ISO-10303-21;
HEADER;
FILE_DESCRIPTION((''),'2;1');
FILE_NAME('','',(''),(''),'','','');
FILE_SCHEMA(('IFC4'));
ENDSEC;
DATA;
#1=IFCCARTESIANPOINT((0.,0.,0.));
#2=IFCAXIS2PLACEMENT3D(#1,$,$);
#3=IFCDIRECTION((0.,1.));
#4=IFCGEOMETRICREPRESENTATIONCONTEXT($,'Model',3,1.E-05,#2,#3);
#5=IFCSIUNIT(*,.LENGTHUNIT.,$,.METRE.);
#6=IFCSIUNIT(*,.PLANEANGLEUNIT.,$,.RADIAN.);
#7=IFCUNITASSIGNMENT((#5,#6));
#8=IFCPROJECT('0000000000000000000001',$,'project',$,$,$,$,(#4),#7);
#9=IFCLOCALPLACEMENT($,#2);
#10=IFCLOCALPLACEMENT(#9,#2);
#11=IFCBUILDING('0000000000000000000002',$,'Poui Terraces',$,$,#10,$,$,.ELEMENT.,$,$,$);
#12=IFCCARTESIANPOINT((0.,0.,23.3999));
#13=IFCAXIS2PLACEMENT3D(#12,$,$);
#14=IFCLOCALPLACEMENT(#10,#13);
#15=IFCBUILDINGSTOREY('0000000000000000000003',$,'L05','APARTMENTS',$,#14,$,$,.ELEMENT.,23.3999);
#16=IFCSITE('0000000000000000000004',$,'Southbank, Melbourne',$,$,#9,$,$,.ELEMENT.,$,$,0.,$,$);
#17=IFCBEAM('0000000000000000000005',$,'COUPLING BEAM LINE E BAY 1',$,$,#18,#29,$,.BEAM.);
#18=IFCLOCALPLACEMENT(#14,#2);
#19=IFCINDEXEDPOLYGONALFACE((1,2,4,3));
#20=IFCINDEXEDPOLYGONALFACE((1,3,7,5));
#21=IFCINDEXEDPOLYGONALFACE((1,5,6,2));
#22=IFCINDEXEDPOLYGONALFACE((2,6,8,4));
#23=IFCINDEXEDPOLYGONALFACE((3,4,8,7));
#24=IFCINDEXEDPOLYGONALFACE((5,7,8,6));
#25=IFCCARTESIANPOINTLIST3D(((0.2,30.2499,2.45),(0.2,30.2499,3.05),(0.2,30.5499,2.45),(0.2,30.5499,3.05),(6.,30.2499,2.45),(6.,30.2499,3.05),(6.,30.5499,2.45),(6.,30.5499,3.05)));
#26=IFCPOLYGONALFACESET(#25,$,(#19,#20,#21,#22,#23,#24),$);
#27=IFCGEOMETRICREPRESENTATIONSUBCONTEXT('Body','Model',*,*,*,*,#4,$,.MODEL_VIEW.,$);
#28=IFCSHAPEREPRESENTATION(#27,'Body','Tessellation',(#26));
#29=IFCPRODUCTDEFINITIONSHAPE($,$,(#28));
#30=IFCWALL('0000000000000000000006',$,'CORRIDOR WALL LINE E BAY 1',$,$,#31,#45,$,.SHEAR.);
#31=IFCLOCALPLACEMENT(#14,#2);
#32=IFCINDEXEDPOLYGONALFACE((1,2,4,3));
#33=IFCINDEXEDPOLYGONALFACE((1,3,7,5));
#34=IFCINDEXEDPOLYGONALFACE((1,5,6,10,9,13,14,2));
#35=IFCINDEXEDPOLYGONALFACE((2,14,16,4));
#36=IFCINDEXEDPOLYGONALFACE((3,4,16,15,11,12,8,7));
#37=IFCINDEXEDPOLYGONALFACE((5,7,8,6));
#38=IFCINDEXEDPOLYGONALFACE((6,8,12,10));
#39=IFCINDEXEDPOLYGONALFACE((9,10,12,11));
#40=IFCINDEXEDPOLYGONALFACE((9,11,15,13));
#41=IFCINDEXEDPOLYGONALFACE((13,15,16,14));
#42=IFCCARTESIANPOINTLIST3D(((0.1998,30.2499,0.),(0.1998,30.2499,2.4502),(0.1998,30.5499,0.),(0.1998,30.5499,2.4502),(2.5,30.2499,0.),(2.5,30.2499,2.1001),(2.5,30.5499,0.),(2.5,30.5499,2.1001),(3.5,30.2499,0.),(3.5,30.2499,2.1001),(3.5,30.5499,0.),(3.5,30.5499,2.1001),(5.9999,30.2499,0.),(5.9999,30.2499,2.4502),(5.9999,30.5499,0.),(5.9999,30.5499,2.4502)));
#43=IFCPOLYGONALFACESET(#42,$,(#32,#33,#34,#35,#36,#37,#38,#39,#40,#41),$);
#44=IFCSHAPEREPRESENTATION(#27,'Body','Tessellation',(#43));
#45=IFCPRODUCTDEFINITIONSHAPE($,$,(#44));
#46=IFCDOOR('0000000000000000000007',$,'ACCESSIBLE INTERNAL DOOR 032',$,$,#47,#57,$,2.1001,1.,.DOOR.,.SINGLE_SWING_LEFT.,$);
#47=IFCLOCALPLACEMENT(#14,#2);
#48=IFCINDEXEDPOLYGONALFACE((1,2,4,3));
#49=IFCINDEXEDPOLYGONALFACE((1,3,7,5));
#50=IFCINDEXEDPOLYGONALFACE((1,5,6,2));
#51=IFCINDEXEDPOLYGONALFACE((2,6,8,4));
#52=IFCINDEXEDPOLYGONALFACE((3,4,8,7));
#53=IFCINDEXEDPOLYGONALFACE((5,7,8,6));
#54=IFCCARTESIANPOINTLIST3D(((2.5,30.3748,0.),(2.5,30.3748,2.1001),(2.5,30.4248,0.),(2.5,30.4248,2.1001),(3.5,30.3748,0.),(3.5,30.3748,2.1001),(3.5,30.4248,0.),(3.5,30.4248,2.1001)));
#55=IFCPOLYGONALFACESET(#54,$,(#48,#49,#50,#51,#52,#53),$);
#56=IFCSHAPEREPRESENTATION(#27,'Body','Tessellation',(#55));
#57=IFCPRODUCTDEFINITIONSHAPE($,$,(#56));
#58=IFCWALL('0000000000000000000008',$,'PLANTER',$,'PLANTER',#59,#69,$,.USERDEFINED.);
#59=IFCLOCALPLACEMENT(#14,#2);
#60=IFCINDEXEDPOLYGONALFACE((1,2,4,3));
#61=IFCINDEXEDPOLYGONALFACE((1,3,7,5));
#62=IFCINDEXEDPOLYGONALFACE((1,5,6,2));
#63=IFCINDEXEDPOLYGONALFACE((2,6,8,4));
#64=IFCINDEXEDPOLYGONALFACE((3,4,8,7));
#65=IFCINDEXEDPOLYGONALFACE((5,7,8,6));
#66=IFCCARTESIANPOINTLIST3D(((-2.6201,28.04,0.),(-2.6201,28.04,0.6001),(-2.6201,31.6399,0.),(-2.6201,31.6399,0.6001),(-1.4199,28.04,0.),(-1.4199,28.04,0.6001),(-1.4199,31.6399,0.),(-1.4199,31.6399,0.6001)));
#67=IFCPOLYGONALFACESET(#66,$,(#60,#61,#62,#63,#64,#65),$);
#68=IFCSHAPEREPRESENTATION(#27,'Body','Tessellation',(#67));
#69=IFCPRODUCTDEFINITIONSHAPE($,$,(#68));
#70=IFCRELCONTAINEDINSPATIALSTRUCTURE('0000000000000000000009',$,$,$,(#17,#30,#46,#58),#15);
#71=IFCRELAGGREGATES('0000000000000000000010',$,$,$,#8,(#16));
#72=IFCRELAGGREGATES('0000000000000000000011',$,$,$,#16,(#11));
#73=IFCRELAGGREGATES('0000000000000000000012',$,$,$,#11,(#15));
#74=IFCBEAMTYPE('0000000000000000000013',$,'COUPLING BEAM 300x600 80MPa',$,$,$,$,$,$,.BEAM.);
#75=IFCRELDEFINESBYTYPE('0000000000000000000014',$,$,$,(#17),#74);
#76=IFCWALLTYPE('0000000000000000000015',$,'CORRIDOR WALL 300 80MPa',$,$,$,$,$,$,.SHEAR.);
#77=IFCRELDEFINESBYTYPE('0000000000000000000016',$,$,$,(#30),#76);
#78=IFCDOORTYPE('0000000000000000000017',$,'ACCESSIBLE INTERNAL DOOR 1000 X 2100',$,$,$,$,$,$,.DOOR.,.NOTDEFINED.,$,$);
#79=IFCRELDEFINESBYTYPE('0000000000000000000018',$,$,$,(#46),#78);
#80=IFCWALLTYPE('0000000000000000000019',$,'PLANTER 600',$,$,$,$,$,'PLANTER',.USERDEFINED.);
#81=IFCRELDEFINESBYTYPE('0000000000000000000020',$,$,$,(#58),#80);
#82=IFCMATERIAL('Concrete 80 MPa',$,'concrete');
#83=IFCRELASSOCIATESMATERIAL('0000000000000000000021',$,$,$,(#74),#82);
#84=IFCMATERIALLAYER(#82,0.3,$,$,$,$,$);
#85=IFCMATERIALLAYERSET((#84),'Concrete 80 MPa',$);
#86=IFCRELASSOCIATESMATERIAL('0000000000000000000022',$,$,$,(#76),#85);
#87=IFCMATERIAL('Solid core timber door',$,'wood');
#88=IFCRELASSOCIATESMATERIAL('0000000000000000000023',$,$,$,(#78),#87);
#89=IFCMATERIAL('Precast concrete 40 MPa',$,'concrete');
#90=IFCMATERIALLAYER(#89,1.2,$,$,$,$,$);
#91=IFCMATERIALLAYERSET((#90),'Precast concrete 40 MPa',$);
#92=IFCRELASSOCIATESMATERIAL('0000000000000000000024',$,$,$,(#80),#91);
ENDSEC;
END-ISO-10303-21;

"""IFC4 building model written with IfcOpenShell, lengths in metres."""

from ifc_helpers import new_model, si_unit, direction, frame, frame_2d, origin, origin_2d, place, context, subcontext, project, spatial, polyline, rectangle, outline, extrude, source, transform, mapped, material, layer, layer_set, material_profile, profile_set, type_object, element, fill, save


model = new_model("IFC4")

# Units and contexts
model_context = context("Model", 3, precision=1e-05, world=origin(), true_north=direction((0.0, 1.0)))
body_context = subcontext(model_context, "Body", "Model", "MODEL_VIEW")
ifc_project = project(units=[si_unit("LENGTHUNIT", "METRE"), si_unit("PLANEANGLEUNIT", "RADIAN")], contexts=[model_context])

# Site, building, storey
site_placement = place(None, origin())
site = spatial("IfcSite", under=ifc_project, at=site_placement, Name="Southbank, Melbourne", CompositionType="ELEMENT", RefElevation=0.0)
building_placement = place(site_placement, origin())
building = spatial("IfcBuilding", under=site, at=building_placement, Name="Poui Terraces", CompositionType="ELEMENT")
storey_placement = place(building_placement, frame((0.0, 0.0, 23.3999)))
storey = spatial("IfcBuildingStorey", under=building, at=storey_placement, Name="L05", Description="APARTMENTS", CompositionType="ELEMENT", Elevation=23.3999)

# Beam
ifc_material_1 = material(Name="Concrete 80 MPa", Category="concrete")
ifc_material_profile = material_profile(ifc_material_1, rectangle(XDim=0.3, YDim=0.6001, at=origin_2d()), Name="RC 300x600")
ifc_profile_set = profile_set([ifc_material_profile], Name="Concrete 80 MPa")
beam_type = type_object("IfcBeamType", Name="COUPLING BEAM 300x600 80MPa", PredefinedType="BEAM", material=ifc_profile_set)
shared_shape_1 = source(origin(), body_context, "Body", "SweptSolid", [
    extrude(rectangle(XDim=0.3, YDim=0.6001, at=origin_2d()), origin(), (0.0, 0.0, 1.0), 5.8),
])
beam_placement = place(storey_placement, frame((0.2, 30.3999, 2.75), z_axis=(1.0, 0.0, 0.0), x_axis=(0.0, 1.0, 0.0)))
element("IfcBeam", 1, at=beam_placement, inside=storey, type_object=beam_type, Name="COUPLING BEAM LINE E BAY 1", PredefinedType="BEAM", context=body_context, shape_type="MappedRepresentation", body=[
    mapped(shared_shape_1, transform((0.0, 0.0, 0.0))),
])

# Wall, opening, door
ifc_layer_1 = layer(ifc_material_1, 0.3)
ifc_layer_set_1 = layer_set([ifc_layer_1], Name="Concrete 80 MPa")
wall_type_1 = type_object("IfcWallType", Name="CORRIDOR WALL 300 80MPa", PredefinedType="SHEAR", material=ifc_layer_set_1)
wall_1_placement = place(storey_placement, frame((0.2, 30.3999, 0.0), z_axis=(0.0, 0.0, 1.0), x_axis=(1.0, 0.0, 0.0)))
wall_1 = element("IfcWall", 2, at=wall_1_placement, inside=storey, type_object=wall_type_1, Name="CORRIDOR WALL LINE E BAY 1", PredefinedType="SHEAR", context=body_context, shape_type="SweptSolid", body=[
    extrude(rectangle(XDim=5.8, YDim=0.3, at=frame_2d((2.8999, 0.0))), origin(), (0.0, 0.0, 1.0), 2.4502),
])
opening_placement = place(wall_1_placement, frame((2.3, 0.0, 0.0)))
opening = element("IfcOpeningElement", 3, at=opening_placement, cuts=wall_1, PredefinedType="OPENING", context=body_context, shape_type="SweptSolid", body=[
    extrude(rectangle(XDim=1.0, YDim=2.1001, at=frame_2d((0.5, 1.05))), frame((0.0, 0.1602, 0.0), z_axis=(0.0, -1.0, 0.0), x_axis=(1.0, 0.0, 0.0)), (0.0, 0.0, 1.0), 0.3201),
])
ifc_material_2 = material(Name="Solid core timber door", Category="wood")
door_type = type_object("IfcDoorType", Name="ACCESSIBLE INTERNAL DOOR 1000 X 2100", OperationType="NOTDEFINED", PredefinedType="DOOR", material=ifc_material_2)
door_placement = place(opening_placement, origin())
door = element("IfcDoor", 4, at=door_placement, inside=storey, type_object=door_type, Name="ACCESSIBLE INTERNAL DOOR 032", OperationType="SINGLE_SWING_LEFT", OverallHeight=2.1001, OverallWidth=1.0, PredefinedType="DOOR", context=body_context, shape_type="SweptSolid", body=[
    extrude(rectangle(XDim=1.0, YDim=2.1001, at=frame_2d((0.5, 1.05))), frame((0.0, 0.0249, 0.0), z_axis=(0.0, -1.0, 0.0), x_axis=(1.0, 0.0, 0.0)), (0.0, 0.0, 1.0), 0.05),
])
fill(opening, door)

# Wall
ifc_material_3 = material(Name="Precast concrete 40 MPa", Category="concrete")
ifc_layer_2 = layer(ifc_material_3, 1.2)
ifc_layer_set_2 = layer_set([ifc_layer_2], Name="Precast concrete 40 MPa")
wall_type_2 = type_object("IfcWallType", Name="PLANTER 600", ElementType="PLANTER", PredefinedType="USERDEFINED", material=ifc_layer_set_2)
shared_shape_2 = source(origin(), body_context, "Body", "SweptSolid", [
    extrude(outline(polyline([(0.0, 0.0), (1.2002, 0.0), (1.2002, 3.5999), (0.0, 3.5999), (0.0, 0.0)])), origin(), (0.0, 0.0, 1.0), 0.6001),
])
wall_2_placement = place(storey_placement, frame((-2.6201, 28.04, 0.0)))
element("IfcWall", 5, at=wall_2_placement, inside=storey, type_object=wall_type_2, Name="PLANTER", ObjectType="PLANTER", PredefinedType="USERDEFINED", context=body_context, shape_type="MappedRepresentation", body=[
    mapped(shared_shape_2, transform((0.0, 0.0, 0.0))),
])

save(model, "model.ifc")
